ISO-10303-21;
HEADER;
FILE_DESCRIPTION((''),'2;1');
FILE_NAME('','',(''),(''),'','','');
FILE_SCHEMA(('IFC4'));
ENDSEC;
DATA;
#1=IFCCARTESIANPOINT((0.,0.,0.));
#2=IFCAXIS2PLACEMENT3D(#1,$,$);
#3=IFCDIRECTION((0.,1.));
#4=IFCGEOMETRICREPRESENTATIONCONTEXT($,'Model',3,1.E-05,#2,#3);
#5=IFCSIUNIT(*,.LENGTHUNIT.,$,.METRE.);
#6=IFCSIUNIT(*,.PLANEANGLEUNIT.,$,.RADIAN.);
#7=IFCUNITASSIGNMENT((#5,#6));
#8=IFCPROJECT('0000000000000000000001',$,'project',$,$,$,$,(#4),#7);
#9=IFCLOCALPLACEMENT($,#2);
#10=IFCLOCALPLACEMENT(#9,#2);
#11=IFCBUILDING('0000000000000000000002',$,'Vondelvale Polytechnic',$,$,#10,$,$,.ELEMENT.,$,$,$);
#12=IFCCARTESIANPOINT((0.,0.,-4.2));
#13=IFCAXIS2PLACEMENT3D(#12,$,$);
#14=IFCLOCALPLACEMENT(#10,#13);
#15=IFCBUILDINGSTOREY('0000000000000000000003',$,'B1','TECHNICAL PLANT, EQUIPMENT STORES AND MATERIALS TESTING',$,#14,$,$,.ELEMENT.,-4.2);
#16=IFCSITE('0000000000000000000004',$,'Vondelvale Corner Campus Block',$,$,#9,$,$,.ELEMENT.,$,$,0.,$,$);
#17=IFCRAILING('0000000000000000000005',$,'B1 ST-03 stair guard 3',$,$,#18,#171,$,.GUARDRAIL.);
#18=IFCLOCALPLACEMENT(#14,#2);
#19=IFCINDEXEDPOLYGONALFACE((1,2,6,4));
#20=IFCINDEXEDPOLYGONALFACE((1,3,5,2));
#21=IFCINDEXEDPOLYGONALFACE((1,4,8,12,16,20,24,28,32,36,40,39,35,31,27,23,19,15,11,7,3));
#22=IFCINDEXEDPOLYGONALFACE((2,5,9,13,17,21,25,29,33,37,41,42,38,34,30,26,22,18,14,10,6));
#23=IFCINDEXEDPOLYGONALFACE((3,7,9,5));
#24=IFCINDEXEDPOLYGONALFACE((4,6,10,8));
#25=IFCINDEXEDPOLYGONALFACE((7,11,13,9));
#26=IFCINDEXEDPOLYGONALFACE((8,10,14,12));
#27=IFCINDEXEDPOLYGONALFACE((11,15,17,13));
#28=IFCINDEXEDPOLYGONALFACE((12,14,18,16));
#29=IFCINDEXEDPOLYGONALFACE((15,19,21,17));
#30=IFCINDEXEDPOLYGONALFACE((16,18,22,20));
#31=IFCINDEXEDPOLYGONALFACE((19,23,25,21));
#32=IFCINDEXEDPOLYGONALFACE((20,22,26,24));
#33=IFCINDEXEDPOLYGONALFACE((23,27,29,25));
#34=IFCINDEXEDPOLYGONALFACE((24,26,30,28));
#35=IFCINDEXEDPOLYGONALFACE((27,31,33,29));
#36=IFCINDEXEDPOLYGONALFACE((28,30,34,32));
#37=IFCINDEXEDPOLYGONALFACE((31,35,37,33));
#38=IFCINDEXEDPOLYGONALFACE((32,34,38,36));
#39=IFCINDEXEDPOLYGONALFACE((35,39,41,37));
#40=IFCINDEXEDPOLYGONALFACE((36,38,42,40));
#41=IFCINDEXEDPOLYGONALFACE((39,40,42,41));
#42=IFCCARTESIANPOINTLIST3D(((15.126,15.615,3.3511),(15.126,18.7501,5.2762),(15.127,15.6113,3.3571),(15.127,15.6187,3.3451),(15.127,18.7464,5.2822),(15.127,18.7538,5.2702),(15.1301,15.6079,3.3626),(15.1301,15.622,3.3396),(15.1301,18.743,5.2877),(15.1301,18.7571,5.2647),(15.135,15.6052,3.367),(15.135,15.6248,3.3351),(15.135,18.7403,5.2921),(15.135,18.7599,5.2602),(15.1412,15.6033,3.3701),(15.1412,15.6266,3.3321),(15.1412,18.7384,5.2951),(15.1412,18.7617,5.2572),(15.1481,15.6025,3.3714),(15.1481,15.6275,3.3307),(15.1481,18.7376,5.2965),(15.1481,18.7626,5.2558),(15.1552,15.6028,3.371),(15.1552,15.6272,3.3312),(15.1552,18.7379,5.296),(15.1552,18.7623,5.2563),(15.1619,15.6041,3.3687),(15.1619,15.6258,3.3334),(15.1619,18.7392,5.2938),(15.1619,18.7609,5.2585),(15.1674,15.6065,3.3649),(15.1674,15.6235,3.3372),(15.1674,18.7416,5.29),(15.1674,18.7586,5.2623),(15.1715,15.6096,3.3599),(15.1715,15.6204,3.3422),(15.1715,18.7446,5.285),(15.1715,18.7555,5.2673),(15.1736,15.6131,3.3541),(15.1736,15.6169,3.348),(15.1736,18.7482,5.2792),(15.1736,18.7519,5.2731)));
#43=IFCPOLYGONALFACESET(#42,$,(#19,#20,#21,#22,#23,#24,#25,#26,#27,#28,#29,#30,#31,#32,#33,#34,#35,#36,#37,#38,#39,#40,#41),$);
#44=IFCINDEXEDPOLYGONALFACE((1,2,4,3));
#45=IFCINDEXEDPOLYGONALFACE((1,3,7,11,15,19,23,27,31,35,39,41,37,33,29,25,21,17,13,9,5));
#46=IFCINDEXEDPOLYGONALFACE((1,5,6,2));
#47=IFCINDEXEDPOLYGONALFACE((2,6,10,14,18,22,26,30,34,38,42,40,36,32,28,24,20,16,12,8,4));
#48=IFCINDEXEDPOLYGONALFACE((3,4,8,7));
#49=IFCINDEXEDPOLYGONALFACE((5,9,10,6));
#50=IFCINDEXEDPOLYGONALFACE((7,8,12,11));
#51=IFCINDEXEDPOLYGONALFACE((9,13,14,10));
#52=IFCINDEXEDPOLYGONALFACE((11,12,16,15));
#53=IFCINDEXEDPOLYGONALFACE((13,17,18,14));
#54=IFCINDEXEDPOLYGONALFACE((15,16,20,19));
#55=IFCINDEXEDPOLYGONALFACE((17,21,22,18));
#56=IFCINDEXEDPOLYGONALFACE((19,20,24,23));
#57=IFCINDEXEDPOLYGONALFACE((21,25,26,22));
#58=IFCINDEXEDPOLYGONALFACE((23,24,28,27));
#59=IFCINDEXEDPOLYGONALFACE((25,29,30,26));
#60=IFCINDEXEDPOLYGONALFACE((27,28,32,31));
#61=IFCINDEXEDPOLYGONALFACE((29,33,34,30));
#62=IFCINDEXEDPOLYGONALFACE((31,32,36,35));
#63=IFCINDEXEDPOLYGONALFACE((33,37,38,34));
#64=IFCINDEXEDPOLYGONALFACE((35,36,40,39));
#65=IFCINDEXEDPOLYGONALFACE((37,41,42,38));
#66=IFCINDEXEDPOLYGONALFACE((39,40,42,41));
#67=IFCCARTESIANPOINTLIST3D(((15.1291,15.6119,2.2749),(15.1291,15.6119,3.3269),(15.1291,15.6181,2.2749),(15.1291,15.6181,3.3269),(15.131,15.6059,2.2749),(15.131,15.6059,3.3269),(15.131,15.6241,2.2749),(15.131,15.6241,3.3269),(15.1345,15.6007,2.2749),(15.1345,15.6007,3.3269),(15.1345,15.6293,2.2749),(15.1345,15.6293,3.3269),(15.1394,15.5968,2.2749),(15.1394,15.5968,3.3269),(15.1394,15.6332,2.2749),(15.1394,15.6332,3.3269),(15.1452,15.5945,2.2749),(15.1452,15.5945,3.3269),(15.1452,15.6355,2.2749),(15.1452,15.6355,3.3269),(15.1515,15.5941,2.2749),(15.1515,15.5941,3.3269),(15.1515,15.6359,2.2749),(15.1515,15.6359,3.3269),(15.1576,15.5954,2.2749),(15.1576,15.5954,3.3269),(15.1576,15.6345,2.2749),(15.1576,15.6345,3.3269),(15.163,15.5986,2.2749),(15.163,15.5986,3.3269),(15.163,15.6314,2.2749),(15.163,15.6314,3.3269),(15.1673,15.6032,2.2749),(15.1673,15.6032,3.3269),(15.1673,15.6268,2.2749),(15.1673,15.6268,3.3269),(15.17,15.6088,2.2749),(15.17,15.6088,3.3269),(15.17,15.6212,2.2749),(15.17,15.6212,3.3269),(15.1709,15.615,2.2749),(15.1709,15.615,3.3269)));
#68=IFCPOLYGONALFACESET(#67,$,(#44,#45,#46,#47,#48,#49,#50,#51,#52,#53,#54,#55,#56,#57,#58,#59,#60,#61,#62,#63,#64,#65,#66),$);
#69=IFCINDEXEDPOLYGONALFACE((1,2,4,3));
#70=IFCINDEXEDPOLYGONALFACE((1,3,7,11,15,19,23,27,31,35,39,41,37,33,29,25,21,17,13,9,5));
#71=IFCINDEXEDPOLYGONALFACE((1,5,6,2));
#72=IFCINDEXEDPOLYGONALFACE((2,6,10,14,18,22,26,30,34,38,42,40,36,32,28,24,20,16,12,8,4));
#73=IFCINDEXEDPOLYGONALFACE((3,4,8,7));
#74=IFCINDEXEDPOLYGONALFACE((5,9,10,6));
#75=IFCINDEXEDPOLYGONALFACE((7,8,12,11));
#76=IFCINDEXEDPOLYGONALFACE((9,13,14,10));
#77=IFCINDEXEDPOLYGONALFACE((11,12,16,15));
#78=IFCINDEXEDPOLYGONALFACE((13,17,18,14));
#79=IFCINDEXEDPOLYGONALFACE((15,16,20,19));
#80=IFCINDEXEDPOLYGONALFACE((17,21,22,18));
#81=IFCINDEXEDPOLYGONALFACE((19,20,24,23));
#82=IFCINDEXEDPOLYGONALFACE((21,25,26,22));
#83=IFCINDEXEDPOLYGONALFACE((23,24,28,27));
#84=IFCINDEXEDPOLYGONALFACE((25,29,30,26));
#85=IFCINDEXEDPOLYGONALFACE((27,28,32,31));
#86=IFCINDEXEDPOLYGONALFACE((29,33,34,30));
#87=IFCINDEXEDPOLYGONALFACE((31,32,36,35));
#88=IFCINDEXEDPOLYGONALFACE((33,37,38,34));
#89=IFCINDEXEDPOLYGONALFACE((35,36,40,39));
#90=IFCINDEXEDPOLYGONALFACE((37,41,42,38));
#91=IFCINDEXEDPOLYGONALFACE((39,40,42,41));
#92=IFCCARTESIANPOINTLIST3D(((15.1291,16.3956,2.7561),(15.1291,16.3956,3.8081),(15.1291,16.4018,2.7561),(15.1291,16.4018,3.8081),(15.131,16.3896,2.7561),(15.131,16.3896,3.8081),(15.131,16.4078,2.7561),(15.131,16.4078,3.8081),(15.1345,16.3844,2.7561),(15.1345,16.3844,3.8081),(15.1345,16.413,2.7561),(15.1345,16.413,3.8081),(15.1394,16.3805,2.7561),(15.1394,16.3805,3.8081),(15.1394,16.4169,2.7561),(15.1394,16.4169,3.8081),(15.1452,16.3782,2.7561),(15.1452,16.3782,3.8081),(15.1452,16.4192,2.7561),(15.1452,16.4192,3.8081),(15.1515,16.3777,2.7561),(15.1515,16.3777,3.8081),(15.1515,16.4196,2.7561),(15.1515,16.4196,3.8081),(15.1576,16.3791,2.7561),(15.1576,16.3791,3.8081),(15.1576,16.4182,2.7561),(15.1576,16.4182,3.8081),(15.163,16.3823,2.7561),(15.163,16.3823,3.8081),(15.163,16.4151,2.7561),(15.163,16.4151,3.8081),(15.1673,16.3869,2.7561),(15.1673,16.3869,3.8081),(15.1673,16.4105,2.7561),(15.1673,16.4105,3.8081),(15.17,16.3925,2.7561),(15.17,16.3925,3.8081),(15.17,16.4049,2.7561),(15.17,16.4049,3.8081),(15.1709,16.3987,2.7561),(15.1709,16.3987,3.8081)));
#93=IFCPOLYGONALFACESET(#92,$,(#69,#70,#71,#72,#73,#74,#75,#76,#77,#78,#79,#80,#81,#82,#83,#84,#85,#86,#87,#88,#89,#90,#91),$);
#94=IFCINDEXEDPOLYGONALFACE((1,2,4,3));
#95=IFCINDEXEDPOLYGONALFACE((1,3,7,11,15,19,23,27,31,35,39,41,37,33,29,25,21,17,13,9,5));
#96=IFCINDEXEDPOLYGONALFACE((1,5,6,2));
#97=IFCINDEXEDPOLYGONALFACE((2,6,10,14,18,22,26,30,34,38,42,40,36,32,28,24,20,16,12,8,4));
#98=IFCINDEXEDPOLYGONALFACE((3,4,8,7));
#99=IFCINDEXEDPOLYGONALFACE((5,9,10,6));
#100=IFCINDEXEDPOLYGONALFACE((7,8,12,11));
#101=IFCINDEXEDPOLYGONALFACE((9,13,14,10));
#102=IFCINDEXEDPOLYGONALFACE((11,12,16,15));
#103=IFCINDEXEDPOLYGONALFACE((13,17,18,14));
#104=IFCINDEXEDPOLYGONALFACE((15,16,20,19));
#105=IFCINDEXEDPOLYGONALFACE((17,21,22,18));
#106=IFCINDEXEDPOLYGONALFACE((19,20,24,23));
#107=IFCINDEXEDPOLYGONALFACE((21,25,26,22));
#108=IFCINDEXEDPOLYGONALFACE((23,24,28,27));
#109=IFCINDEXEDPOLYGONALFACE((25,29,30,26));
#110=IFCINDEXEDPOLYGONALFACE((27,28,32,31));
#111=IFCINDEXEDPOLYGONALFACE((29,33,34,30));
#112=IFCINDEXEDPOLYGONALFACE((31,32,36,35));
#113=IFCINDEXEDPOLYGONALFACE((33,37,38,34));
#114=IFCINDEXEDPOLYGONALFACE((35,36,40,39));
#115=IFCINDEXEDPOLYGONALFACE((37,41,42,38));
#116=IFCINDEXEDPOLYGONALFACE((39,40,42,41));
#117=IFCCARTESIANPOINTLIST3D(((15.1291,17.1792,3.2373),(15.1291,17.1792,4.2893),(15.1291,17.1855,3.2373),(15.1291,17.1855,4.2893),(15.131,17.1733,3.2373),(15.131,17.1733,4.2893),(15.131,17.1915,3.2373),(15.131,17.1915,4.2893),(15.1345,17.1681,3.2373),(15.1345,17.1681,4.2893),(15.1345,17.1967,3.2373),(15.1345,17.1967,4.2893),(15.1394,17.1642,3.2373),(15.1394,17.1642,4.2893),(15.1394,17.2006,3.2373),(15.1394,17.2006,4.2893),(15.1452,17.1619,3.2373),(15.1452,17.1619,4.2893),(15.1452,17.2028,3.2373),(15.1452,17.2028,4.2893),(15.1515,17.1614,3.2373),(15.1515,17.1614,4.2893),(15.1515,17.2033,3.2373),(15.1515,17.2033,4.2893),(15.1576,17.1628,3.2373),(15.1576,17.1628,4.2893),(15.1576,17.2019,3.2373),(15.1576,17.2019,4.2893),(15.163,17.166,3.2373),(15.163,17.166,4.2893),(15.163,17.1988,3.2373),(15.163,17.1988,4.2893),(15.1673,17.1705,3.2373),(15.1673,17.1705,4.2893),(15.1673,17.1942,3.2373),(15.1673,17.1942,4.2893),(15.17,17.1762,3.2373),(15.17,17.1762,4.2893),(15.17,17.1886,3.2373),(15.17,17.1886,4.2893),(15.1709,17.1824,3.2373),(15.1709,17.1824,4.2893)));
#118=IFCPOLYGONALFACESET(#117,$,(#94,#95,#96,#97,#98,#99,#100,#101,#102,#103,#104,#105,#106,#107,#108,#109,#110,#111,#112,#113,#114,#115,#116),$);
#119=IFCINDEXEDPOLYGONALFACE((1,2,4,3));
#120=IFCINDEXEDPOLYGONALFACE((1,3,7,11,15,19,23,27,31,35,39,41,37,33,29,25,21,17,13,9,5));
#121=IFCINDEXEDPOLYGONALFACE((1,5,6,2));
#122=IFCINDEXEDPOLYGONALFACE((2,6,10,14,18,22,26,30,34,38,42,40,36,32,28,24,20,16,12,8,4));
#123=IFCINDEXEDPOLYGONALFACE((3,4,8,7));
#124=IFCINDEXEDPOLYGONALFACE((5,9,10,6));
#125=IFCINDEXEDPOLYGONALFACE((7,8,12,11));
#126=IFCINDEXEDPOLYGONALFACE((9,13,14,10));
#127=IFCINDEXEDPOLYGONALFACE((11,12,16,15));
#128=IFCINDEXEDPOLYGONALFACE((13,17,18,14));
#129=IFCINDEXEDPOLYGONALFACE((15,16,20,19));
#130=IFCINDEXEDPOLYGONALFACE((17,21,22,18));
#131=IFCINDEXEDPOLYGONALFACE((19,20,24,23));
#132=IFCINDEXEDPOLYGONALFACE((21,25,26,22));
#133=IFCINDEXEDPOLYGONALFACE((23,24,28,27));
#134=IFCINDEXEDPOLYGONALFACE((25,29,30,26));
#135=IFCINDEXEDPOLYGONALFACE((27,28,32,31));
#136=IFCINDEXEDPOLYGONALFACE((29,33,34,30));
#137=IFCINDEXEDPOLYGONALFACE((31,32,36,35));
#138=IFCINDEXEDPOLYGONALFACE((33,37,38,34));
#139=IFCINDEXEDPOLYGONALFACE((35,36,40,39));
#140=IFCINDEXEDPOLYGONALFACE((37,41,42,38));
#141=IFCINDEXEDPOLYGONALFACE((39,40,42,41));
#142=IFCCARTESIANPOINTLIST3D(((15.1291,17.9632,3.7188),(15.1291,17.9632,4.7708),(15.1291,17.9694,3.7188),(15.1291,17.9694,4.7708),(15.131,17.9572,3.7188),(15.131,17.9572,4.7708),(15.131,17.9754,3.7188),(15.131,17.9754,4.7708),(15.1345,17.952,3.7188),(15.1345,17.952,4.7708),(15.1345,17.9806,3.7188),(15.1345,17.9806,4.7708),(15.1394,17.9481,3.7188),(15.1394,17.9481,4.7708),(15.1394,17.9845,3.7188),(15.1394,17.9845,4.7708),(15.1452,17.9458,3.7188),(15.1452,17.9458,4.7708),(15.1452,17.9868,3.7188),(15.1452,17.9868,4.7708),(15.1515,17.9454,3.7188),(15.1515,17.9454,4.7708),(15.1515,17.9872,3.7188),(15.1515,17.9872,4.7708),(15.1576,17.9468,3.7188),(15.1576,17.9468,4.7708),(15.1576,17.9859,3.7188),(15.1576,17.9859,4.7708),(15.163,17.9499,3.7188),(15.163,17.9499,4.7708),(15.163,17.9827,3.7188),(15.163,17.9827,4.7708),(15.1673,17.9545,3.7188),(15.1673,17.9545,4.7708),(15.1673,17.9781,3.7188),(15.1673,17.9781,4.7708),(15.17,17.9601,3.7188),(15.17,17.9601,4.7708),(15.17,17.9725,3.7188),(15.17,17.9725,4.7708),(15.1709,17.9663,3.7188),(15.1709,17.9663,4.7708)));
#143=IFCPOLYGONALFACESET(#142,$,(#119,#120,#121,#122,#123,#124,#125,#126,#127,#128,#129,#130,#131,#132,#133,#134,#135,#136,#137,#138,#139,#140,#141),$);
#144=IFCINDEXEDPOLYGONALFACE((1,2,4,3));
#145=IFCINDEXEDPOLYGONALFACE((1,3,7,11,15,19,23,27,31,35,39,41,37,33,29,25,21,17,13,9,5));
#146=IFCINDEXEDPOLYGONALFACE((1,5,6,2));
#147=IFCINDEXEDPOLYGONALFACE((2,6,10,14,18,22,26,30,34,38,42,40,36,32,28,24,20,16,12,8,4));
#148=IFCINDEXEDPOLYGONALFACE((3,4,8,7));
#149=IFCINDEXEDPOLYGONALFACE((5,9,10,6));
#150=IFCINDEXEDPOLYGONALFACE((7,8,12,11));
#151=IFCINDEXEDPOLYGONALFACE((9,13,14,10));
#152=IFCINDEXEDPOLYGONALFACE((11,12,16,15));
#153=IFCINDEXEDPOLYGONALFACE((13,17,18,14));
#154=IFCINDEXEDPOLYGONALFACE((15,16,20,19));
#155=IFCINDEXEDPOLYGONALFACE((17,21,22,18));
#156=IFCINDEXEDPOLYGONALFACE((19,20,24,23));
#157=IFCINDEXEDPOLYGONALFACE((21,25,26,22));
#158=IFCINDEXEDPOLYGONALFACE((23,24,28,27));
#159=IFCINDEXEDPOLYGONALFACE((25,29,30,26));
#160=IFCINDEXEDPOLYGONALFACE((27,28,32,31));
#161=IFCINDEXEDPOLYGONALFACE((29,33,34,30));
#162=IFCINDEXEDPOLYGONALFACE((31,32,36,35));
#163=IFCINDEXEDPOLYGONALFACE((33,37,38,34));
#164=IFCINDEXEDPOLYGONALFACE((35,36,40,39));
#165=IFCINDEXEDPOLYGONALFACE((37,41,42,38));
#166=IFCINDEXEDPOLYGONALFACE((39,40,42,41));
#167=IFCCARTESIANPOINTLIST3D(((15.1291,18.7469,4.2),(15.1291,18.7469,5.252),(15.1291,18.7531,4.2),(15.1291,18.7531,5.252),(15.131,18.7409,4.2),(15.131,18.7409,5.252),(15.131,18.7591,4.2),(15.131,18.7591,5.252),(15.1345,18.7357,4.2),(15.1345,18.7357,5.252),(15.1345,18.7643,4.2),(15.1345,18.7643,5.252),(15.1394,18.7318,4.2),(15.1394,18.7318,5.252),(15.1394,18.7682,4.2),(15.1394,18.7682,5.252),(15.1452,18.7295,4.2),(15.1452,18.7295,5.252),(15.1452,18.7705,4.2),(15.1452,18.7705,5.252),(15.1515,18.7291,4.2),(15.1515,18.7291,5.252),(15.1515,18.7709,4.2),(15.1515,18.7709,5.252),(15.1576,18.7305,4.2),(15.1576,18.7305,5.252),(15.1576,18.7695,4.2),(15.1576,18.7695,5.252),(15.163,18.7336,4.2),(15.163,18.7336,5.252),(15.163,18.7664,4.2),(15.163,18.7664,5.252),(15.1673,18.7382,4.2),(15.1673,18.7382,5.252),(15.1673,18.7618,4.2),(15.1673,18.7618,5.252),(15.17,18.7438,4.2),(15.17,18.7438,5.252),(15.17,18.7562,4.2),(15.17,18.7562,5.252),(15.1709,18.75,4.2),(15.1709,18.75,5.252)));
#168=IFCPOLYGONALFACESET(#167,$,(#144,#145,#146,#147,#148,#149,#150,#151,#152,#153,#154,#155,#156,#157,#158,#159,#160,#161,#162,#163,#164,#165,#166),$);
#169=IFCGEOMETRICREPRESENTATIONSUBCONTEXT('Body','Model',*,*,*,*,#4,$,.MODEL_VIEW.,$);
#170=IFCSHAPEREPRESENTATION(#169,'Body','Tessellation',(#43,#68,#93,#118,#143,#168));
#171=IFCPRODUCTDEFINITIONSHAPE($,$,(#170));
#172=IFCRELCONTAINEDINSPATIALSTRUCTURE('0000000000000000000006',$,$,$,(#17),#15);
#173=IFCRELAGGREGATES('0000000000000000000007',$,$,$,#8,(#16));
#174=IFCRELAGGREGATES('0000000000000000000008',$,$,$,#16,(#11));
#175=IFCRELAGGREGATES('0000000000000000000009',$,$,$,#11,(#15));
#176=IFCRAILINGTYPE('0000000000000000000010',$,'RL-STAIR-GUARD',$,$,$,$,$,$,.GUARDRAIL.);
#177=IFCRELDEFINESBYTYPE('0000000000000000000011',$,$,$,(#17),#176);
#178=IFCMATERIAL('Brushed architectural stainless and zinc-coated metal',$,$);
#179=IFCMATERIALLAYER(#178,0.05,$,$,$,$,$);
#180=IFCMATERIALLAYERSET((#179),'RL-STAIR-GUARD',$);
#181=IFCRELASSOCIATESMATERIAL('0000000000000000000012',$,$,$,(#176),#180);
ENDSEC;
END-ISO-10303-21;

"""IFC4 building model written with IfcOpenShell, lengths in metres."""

from ifc_helpers import new_model, si_unit, direction, frame, origin, origin_2d, place, context, subcontext, project, spatial, circle, extrude, material, layer, layer_set, type_object, element, save


model = new_model("IFC4")

# Units and contexts
model_context = context("Model", 3, precision=1e-05, world=origin(), true_north=direction((0.0, 1.0)))
body_context = subcontext(model_context, "Body", "Model", "MODEL_VIEW")
ifc_project = project(units=[si_unit("LENGTHUNIT", "METRE"), si_unit("PLANEANGLEUNIT", "RADIAN")], contexts=[model_context])

# Site, building, storey
site_placement = place(None, origin())
site = spatial("IfcSite", under=ifc_project, at=site_placement, Name="Vondelvale Corner Campus Block", CompositionType="ELEMENT", RefElevation=0.0)
building_placement = place(site_placement, origin())
building = spatial("IfcBuilding", under=site, at=building_placement, Name="Vondelvale Polytechnic", CompositionType="ELEMENT")
storey_placement = place(building_placement, frame((0.0, 0.0, -4.2)))
storey = spatial("IfcBuildingStorey", under=building, at=storey_placement, Name="B1", Description="TECHNICAL PLANT, EQUIPMENT STORES AND MATERIALS TESTING", CompositionType="ELEMENT", Elevation=-4.2)

# Shared definitions
ifc_material_1 = material(Name="Brushed architectural stainless and zinc-coated metal")

# Railing
ifc_layer_1 = layer(ifc_material_1, 0.05)
ifc_layer_set_1 = layer_set([ifc_layer_1], Name="RL-STAIR-GUARD")
railing_type_1 = type_object("IfcRailingType", Name="RL-STAIR-GUARD", PredefinedType="GUARDRAIL", material=ifc_layer_set_1)
railing_1_placement = place(storey_placement, frame((15.1499, 15.615, 2.2749)))
element("IfcRailing", 1, at=railing_1_placement, inside=storey, type_object=railing_type_1, Name="B1 ST-03 stair guard 3", PredefinedType="GUARDRAIL", context=body_context, shape_type="SweptSolid", body=[
    extrude(circle(Radius=0.0239, at=origin_2d()), frame((0.0, 0.0, 1.0762), z_axis=(0.0, 0.852166, 0.523271), x_axis=(-1.0, 0.0, 0.0)), (0.0, 0.0, 1.0), 3.679),
    extrude(circle(Radius=0.021, at=origin_2d()), origin(), (0.0, 0.0, 1.0), 1.052),
    extrude(circle(Radius=0.021, at=origin_2d()), frame((0.0, 0.7837, 0.4812)), (0.0, 0.0, 1.0), 1.052),
    extrude(circle(Radius=0.021, at=origin_2d()), frame((0.0, 1.5674, 0.9624)), (0.0, 0.0, 1.0), 1.052),
    extrude(circle(Radius=0.021, at=origin_2d()), frame((0.0, 2.3513, 1.4438)), (0.0, 0.0, 1.0), 1.052),
    extrude(circle(Radius=0.021, at=origin_2d()), frame((0.0, 3.135, 1.925)), (0.0, 0.0, 1.0), 1.052),
])

save(model, "model.ifc")
